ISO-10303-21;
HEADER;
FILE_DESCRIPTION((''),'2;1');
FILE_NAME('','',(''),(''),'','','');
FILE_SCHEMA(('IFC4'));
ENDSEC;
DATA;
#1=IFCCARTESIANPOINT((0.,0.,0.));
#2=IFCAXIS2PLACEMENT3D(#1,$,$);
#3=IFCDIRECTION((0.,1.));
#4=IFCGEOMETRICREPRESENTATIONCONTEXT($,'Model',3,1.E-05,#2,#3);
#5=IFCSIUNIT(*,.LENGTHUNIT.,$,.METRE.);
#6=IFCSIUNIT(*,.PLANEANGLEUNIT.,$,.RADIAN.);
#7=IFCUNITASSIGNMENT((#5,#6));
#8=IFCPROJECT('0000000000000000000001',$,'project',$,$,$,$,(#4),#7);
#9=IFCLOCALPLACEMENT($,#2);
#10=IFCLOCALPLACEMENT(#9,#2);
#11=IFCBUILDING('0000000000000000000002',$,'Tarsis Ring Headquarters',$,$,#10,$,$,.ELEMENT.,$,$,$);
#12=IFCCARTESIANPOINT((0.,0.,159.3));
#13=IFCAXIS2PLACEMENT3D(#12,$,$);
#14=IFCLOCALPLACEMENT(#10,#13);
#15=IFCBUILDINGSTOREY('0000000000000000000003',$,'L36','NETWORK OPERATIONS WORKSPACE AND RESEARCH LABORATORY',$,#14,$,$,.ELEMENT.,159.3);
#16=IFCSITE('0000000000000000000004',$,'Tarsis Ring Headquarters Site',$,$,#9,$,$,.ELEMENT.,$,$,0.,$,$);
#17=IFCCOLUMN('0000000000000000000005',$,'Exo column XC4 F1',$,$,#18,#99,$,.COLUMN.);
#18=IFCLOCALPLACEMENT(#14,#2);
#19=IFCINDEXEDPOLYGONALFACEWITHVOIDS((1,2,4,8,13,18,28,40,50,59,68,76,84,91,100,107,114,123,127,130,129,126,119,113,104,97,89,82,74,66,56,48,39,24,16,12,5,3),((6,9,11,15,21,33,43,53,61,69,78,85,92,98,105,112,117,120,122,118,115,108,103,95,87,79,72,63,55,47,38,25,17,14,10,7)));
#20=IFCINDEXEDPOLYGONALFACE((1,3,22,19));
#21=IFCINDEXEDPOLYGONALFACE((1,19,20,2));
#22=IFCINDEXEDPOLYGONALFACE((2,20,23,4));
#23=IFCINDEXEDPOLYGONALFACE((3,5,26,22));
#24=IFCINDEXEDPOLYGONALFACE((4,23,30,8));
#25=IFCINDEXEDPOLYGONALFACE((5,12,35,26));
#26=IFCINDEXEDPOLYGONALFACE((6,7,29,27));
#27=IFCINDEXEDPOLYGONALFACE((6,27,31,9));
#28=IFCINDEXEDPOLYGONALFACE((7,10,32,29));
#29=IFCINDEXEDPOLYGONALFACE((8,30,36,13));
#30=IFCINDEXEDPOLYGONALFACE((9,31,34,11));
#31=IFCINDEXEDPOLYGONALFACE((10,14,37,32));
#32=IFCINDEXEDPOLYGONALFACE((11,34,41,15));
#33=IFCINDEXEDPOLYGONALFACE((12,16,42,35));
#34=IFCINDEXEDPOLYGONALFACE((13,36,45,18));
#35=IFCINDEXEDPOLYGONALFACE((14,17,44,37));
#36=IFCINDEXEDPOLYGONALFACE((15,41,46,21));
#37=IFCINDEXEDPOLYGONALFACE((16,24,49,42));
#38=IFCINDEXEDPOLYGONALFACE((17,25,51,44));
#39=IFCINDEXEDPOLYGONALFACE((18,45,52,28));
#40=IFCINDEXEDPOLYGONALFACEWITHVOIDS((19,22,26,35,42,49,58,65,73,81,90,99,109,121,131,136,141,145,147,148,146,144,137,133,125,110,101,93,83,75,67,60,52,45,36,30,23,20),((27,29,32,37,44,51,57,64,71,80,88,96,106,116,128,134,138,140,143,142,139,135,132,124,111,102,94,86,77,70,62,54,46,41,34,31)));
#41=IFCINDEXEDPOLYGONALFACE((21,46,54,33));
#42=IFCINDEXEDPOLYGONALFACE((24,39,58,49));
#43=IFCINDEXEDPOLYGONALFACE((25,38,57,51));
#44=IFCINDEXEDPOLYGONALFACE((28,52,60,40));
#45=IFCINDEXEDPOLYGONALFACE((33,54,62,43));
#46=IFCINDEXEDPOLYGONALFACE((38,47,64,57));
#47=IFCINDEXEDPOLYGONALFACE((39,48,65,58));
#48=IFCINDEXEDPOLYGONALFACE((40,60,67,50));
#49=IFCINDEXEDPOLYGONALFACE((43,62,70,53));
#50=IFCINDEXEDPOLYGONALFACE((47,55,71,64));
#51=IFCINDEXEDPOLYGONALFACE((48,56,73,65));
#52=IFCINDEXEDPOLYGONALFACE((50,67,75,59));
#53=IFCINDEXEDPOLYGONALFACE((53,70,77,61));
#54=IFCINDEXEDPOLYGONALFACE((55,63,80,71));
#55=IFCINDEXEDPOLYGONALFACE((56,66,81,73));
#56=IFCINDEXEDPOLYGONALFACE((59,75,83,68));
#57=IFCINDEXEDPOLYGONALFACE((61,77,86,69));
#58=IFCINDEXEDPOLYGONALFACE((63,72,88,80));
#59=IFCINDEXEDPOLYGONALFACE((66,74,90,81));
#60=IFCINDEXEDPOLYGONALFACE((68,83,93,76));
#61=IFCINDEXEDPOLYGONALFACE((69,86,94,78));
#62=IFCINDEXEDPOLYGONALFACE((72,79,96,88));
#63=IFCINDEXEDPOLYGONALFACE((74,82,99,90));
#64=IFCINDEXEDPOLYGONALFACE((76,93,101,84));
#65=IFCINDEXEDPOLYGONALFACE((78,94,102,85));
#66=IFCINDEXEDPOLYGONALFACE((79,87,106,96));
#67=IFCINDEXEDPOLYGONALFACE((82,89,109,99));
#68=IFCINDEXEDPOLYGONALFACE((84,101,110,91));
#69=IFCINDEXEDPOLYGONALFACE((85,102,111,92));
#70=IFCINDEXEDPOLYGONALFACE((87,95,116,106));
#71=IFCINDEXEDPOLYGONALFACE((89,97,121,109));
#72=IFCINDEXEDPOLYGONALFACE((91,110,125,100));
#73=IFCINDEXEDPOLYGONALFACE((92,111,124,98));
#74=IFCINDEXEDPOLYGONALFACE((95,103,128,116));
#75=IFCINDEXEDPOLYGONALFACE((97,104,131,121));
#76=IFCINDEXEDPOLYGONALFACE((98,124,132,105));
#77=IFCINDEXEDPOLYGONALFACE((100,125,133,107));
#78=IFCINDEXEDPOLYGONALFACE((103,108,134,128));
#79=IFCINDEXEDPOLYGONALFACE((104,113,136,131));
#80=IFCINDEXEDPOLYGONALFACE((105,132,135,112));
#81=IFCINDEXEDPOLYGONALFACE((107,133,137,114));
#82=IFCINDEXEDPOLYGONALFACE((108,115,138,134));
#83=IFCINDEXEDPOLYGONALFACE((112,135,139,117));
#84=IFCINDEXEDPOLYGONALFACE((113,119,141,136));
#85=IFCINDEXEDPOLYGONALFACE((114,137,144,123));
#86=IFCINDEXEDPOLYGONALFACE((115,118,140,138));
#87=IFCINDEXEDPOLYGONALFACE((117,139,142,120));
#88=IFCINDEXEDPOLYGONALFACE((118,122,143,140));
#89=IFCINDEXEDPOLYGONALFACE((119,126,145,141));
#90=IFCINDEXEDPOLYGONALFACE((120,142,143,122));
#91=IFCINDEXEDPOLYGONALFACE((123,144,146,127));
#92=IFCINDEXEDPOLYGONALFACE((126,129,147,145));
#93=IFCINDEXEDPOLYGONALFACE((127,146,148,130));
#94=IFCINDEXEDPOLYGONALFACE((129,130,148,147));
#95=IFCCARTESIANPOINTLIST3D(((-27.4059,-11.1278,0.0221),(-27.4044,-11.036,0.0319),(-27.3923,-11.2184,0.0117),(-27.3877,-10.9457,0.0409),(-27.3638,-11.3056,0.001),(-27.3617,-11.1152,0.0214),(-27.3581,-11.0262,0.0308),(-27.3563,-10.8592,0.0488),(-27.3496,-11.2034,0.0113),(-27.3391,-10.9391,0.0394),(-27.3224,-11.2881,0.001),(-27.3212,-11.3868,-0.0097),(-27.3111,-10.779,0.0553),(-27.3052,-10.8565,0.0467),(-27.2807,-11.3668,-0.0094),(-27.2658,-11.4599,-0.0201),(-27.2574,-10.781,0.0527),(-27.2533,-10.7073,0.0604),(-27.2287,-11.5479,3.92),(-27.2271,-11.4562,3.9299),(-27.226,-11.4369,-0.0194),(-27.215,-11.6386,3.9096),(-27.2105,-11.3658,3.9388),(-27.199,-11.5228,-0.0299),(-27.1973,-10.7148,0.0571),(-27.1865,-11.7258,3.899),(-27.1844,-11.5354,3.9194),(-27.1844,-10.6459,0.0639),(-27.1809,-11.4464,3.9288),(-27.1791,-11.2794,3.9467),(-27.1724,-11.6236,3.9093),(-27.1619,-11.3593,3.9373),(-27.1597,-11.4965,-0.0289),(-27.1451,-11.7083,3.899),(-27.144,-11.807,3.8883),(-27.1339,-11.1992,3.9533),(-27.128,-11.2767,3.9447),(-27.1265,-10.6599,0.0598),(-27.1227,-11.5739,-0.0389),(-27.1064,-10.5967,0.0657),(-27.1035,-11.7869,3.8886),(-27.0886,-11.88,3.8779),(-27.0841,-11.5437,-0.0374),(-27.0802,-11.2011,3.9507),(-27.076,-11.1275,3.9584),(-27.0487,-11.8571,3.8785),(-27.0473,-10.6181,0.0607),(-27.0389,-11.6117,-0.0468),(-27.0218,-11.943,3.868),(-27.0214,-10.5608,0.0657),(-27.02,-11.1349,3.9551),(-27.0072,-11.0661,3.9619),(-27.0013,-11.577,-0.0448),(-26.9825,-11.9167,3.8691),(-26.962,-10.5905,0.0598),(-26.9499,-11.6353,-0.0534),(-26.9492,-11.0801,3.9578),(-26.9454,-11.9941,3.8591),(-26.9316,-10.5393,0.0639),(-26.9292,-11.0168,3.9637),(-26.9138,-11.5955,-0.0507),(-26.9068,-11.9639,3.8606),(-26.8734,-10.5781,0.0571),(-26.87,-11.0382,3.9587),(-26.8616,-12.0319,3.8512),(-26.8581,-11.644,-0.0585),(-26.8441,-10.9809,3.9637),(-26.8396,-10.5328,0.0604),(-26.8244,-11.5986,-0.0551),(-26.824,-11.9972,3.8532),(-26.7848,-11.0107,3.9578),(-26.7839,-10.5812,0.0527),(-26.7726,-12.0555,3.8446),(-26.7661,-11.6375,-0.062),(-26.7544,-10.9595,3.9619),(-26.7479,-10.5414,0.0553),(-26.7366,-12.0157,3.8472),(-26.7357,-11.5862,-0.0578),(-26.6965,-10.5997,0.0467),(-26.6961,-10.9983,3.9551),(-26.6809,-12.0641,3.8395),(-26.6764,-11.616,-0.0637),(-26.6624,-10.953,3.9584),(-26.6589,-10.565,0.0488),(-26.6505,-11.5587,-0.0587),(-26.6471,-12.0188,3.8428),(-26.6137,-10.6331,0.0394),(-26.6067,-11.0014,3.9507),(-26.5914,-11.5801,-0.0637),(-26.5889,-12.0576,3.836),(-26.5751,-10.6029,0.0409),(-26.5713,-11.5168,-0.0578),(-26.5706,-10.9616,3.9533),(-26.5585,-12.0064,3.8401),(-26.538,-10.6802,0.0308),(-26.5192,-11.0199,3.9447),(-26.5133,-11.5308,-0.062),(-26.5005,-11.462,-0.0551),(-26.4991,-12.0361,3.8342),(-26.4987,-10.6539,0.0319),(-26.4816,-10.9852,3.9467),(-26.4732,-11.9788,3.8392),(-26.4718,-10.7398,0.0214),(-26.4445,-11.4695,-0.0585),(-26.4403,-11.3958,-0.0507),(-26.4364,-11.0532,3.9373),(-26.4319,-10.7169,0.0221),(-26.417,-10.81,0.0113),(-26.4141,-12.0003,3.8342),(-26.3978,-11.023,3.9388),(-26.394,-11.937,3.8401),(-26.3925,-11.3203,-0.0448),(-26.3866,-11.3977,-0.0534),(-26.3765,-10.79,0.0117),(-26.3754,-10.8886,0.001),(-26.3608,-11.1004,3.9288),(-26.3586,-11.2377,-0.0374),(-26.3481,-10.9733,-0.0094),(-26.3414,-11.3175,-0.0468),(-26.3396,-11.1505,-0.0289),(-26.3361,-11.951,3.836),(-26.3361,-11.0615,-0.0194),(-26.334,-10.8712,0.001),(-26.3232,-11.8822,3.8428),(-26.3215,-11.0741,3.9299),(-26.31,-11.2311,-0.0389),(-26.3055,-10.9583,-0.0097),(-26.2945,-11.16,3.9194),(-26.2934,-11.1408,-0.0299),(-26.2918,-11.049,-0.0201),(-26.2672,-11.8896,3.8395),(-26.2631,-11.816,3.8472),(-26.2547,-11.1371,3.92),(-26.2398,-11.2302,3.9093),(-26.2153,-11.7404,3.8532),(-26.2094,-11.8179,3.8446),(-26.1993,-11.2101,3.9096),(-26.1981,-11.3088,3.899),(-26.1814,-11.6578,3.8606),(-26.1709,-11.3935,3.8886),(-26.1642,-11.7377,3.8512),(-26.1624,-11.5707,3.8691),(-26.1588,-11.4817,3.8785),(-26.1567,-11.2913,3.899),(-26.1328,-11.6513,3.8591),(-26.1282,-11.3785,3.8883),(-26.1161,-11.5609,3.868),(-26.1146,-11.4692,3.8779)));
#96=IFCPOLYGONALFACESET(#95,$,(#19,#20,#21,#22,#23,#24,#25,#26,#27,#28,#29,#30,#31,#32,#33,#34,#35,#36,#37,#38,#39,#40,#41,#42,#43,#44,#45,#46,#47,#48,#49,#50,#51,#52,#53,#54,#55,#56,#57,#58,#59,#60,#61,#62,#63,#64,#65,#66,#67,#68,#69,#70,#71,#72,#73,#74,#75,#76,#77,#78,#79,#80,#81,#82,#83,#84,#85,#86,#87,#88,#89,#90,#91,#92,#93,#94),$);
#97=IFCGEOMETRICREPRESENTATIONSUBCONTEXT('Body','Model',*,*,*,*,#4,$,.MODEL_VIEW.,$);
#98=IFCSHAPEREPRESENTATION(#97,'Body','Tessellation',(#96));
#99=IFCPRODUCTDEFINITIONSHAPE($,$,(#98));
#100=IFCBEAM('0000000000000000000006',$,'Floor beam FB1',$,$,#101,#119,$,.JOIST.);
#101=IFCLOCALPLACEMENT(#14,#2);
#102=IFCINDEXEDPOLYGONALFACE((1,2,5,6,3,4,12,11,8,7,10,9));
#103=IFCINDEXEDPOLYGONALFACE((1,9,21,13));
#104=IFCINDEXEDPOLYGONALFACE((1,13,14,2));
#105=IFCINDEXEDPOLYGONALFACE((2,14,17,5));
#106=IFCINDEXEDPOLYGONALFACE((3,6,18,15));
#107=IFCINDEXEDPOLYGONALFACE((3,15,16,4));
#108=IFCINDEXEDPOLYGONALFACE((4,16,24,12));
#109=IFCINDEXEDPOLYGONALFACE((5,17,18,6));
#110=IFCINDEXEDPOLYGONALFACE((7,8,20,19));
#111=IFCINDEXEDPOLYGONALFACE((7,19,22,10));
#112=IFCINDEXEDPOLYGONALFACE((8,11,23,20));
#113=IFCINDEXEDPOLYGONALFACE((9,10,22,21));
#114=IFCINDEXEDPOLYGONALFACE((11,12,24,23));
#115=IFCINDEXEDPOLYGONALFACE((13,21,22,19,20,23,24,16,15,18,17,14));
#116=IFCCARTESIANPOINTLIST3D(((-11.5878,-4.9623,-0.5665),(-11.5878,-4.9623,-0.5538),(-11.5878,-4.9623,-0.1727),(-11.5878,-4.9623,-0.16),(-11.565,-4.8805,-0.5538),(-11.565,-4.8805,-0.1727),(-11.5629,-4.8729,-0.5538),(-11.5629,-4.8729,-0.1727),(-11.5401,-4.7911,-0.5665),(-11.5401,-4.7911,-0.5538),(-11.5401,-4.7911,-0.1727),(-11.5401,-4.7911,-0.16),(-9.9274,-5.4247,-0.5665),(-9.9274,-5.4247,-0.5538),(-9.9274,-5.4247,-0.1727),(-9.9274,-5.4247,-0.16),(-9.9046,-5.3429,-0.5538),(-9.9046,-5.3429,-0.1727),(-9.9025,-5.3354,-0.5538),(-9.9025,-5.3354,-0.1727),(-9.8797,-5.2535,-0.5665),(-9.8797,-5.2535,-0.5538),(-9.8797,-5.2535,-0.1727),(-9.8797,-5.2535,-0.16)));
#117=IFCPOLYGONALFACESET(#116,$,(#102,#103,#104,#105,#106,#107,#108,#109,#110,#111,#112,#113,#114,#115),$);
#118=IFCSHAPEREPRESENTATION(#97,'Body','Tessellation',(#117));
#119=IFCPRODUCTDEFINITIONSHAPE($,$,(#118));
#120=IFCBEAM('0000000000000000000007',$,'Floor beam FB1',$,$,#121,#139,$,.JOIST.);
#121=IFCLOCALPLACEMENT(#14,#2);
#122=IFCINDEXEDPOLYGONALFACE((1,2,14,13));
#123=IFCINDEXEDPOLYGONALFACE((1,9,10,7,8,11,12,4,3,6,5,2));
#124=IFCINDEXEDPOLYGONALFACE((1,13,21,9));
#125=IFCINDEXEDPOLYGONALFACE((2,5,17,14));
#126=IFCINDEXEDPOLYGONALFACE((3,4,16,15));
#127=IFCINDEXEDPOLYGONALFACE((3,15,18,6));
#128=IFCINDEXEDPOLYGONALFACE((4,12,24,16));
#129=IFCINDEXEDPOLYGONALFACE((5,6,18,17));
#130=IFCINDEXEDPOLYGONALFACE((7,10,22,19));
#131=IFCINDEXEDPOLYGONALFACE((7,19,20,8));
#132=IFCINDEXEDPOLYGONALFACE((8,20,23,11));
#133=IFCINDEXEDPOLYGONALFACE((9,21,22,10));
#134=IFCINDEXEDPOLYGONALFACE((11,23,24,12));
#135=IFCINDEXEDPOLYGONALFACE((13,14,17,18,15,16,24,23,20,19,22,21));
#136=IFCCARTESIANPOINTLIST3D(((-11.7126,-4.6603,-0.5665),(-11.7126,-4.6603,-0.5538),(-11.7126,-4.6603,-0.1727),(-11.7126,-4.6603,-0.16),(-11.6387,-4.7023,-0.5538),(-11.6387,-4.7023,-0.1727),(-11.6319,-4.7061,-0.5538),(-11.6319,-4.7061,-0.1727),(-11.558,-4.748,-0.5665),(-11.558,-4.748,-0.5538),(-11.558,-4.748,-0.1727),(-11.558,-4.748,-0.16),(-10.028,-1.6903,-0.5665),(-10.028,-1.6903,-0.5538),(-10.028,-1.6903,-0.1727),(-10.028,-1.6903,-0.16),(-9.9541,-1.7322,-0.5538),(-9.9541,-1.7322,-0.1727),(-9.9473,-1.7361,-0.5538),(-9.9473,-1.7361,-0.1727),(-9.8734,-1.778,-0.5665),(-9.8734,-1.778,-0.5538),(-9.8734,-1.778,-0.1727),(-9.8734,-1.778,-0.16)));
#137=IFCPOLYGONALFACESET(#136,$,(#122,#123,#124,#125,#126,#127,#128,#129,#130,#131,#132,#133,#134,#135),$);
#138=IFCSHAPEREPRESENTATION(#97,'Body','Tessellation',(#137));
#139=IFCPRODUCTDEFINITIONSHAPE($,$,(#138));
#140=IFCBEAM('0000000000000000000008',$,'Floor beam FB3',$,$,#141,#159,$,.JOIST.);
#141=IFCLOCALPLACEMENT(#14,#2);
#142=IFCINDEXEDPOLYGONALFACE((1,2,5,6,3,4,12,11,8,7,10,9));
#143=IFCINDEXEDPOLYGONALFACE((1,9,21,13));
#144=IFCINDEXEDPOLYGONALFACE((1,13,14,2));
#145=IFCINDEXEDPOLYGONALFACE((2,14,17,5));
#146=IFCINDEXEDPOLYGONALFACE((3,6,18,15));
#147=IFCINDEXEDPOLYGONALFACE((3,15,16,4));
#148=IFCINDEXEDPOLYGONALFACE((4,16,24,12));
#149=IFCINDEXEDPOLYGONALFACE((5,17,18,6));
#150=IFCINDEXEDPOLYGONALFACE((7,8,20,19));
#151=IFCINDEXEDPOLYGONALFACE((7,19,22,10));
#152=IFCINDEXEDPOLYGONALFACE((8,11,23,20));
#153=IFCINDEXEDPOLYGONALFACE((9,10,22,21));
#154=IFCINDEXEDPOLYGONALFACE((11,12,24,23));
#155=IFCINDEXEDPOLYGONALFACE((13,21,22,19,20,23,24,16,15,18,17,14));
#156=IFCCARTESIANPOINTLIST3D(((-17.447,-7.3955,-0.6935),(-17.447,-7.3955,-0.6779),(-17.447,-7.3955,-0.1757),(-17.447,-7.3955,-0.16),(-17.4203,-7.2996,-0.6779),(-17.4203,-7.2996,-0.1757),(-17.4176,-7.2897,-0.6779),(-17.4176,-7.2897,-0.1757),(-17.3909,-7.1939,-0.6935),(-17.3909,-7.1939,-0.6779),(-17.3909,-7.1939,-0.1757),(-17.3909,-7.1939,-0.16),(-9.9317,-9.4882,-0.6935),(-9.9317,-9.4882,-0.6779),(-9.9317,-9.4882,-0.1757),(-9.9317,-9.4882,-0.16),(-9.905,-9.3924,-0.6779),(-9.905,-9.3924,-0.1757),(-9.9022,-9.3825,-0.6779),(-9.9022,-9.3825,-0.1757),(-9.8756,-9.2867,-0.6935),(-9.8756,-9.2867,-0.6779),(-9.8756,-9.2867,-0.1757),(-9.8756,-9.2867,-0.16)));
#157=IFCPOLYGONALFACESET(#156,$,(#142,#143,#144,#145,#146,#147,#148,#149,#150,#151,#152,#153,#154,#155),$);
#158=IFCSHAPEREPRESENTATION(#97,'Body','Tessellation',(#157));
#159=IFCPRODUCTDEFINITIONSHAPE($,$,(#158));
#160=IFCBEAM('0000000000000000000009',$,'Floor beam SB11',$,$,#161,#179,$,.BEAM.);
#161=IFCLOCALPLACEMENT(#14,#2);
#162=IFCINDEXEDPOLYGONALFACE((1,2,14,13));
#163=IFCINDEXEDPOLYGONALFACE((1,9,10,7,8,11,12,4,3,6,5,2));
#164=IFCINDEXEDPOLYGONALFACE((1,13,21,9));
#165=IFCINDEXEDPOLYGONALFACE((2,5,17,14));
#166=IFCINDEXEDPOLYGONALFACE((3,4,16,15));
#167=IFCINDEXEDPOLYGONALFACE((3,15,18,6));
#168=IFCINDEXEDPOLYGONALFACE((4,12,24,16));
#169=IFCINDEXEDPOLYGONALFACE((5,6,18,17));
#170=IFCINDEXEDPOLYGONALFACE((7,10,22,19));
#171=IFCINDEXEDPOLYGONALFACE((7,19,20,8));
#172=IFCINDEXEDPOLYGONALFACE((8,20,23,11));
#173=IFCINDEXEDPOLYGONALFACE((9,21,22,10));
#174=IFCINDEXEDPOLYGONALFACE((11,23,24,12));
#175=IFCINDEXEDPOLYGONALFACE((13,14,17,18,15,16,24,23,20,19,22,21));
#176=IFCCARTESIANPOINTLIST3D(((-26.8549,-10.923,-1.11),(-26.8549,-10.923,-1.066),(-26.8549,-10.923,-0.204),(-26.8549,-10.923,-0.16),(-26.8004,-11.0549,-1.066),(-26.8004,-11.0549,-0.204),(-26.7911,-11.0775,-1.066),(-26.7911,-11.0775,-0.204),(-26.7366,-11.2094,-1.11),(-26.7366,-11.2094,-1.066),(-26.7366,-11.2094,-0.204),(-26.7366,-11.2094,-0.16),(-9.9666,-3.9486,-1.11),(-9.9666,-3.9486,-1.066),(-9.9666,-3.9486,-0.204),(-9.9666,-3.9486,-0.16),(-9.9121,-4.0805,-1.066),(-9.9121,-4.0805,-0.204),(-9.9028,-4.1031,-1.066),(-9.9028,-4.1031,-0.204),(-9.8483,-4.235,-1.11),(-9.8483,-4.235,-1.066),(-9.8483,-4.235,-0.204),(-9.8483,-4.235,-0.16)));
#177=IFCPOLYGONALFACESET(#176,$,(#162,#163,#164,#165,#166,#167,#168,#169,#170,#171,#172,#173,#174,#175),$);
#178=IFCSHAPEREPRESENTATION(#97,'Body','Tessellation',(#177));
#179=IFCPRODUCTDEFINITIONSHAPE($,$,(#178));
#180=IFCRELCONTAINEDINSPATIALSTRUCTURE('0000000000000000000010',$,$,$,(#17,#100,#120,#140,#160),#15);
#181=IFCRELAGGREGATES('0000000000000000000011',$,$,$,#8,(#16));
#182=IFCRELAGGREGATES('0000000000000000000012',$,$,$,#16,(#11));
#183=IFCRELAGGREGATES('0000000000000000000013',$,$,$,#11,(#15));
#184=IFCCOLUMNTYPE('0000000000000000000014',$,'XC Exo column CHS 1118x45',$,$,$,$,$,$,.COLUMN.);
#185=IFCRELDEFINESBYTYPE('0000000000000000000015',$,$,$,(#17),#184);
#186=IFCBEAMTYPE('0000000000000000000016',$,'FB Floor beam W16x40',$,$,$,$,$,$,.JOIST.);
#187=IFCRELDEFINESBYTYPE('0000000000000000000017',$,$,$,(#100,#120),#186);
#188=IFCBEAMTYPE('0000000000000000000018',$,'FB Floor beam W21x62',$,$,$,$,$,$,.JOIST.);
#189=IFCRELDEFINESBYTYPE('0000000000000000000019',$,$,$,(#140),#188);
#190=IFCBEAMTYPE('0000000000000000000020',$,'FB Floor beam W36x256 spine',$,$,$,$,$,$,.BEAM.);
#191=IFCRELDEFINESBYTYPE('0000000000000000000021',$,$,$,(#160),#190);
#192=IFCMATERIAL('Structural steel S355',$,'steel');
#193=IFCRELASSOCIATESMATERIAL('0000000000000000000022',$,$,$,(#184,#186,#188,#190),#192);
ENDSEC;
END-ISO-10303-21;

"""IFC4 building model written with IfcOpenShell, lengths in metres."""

from ifc_helpers import new_model, si_unit, direction, frame, origin, origin_2d, place, context, subcontext, project, spatial, hollow_circle, i_section, extrude, material, material_profile, profile_set, type_object, element, save


model = new_model("IFC4")

# Units and contexts
model_context = context("Model", 3, precision=1e-05, world=origin(), true_north=direction((0.0, 1.0)))
body_context = subcontext(model_context, "Body", "Model", "MODEL_VIEW")
ifc_project = project(units=[si_unit("LENGTHUNIT", "METRE"), si_unit("PLANEANGLEUNIT", "RADIAN")], contexts=[model_context])

# Site, building, storey
site_placement = place(None, origin())
site = spatial("IfcSite", under=ifc_project, at=site_placement, Name="Tarsis Ring Headquarters Site", CompositionType="ELEMENT", RefElevation=0.0)
building_placement = place(site_placement, origin())
building = spatial("IfcBuilding", under=site, at=building_placement, Name="Tarsis Ring Headquarters", CompositionType="ELEMENT")
storey_placement = place(building_placement, frame((0.0, 0.0, 159.3)))
storey = spatial("IfcBuildingStorey", under=building, at=storey_placement, Name="L36", Description="NETWORK OPERATIONS WORKSPACE AND RESEARCH LABORATORY", CompositionType="ELEMENT", Elevation=159.3)

# Column
ifc_material_1 = material(Name="Structural steel S355", Category="steel")
ifc_material_profile_1 = material_profile(ifc_material_1, hollow_circle(Radius=0.5588, WallThickness=0.0449, at=origin_2d()), Name="CHS 1118x45")
ifc_profile_set_1 = profile_set([ifc_material_profile_1], Name="Structural steel S355")
column_type = type_object("IfcColumnType", Name="XC Exo column CHS 1118x45", PredefinedType="COLUMN", material=ifc_profile_set_1)
column_placement = place(storey_placement, frame((-26.8489, -11.0884, 0.001), z_axis=(0.045164, -0.107061, 0.993226), x_axis=(0.921373, 0.388679, 0.0)))
element("IfcColumn", 1, at=column_placement, inside=storey, type_object=column_type, Name="Exo column XC4 F1", PredefinedType="COLUMN", context=body_context, shape_type="SweptSolid", body=[
    extrude(hollow_circle(Radius=0.5588, WallThickness=0.0449, at=origin_2d()), origin(), (0.0, 0.0, 1.0), 3.9246),
])

# Beams
ifc_material_profile_2 = material_profile(ifc_material_1, i_section(OverallWidth=0.1777, OverallDepth=0.4065, WebThickness=0.0078, FlangeThickness=0.0127, at=origin_2d()), Name="W16x40")
ifc_profile_set_2 = profile_set([ifc_material_profile_2], Name="Structural steel S355")
beam_type_1 = type_object("IfcBeamType", Name="FB Floor beam W16x40", PredefinedType="JOIST", material=ifc_profile_set_2)
beam_1_placement = place(storey_placement, frame((-11.564, -4.8767, -0.3633), z_axis=(0.963341, -0.268279, 0.0), x_axis=(0.268279, 0.963341, 0.0)))
element("IfcBeam", 2, at=beam_1_placement, inside=storey, type_object=beam_type_1, Name="Floor beam FB1", PredefinedType="JOIST", context=body_context, shape_type="SweptSolid", body=[
    extrude(i_section(OverallWidth=0.1777, OverallDepth=0.4065, WebThickness=0.0078, FlangeThickness=0.0127, at=origin_2d()), origin(), (0.0, 0.0, 1.0), 1.7236),
])
beam_2_placement = place(storey_placement, frame((-9.9507, -1.7341, -0.3633), z_axis=(-0.493364, -0.869823, 0.0), x_axis=(0.869823, -0.493364, 0.0)))
element("IfcBeam", 3, at=beam_2_placement, inside=storey, type_object=beam_type_1, Name="Floor beam FB1", PredefinedType="JOIST", context=body_context, shape_type="SweptSolid", body=[
    extrude(i_section(OverallWidth=0.1777, OverallDepth=0.4065, WebThickness=0.0078, FlangeThickness=0.0127, at=origin_2d()), origin(), (0.0, 0.0, 1.0), 3.4146),
])
ifc_material_profile_3 = material_profile(ifc_material_1, i_section(OverallWidth=0.2092, OverallDepth=0.5334, WebThickness=0.0103, FlangeThickness=0.0156, at=origin_2d()), Name="W21x62")
ifc_profile_set_3 = profile_set([ifc_material_profile_3], Name="Structural steel S355")
beam_type_2 = type_object("IfcBeamType", Name="FB Floor beam W21x62", PredefinedType="JOIST", material=ifc_profile_set_3)
beam_3_placement = place(storey_placement, frame((-17.4189, -7.2947, -0.4268), z_axis=(0.963347, -0.268259, 0.0), x_axis=(0.268259, 0.963347, 0.0)))
element("IfcBeam", 4, at=beam_3_placement, inside=storey, type_object=beam_type_2, Name="Floor beam FB3", PredefinedType="JOIST", context=body_context, shape_type="SweptSolid", body=[
    extrude(i_section(OverallWidth=0.2092, OverallDepth=0.5334, WebThickness=0.0103, FlangeThickness=0.0156, at=origin_2d()), origin(), (0.0, 0.0, 1.0), 7.8013),
])
ifc_material_profile_4 = material_profile(ifc_material_1, i_section(OverallWidth=0.3098, OverallDepth=0.95, WebThickness=0.0244, FlangeThickness=0.0439, at=origin_2d()), Name="W36x256")
ifc_profile_set_4 = profile_set([ifc_material_profile_4], Name="Structural steel S355")
beam_type_3 = type_object("IfcBeamType", Name="FB Floor beam W36x256 spine", PredefinedType="BEAM", material=ifc_profile_set_4)
beam_4_placement = place(storey_placement, frame((-9.9075, -4.0918, -0.635), z_axis=(-0.924284, -0.381705, 0.0), x_axis=(0.381705, -0.924284, 0.0)))
element("IfcBeam", 5, at=beam_4_placement, inside=storey, type_object=beam_type_3, Name="Floor beam SB11", PredefinedType="BEAM", context=body_context, shape_type="SweptSolid", body=[
    extrude(i_section(OverallWidth=0.3098, OverallDepth=0.95, WebThickness=0.0244, FlangeThickness=0.0439, at=origin_2d()), origin(), (0.0, 0.0, 1.0), 18.2717),
])

save(model, "model.ifc")
